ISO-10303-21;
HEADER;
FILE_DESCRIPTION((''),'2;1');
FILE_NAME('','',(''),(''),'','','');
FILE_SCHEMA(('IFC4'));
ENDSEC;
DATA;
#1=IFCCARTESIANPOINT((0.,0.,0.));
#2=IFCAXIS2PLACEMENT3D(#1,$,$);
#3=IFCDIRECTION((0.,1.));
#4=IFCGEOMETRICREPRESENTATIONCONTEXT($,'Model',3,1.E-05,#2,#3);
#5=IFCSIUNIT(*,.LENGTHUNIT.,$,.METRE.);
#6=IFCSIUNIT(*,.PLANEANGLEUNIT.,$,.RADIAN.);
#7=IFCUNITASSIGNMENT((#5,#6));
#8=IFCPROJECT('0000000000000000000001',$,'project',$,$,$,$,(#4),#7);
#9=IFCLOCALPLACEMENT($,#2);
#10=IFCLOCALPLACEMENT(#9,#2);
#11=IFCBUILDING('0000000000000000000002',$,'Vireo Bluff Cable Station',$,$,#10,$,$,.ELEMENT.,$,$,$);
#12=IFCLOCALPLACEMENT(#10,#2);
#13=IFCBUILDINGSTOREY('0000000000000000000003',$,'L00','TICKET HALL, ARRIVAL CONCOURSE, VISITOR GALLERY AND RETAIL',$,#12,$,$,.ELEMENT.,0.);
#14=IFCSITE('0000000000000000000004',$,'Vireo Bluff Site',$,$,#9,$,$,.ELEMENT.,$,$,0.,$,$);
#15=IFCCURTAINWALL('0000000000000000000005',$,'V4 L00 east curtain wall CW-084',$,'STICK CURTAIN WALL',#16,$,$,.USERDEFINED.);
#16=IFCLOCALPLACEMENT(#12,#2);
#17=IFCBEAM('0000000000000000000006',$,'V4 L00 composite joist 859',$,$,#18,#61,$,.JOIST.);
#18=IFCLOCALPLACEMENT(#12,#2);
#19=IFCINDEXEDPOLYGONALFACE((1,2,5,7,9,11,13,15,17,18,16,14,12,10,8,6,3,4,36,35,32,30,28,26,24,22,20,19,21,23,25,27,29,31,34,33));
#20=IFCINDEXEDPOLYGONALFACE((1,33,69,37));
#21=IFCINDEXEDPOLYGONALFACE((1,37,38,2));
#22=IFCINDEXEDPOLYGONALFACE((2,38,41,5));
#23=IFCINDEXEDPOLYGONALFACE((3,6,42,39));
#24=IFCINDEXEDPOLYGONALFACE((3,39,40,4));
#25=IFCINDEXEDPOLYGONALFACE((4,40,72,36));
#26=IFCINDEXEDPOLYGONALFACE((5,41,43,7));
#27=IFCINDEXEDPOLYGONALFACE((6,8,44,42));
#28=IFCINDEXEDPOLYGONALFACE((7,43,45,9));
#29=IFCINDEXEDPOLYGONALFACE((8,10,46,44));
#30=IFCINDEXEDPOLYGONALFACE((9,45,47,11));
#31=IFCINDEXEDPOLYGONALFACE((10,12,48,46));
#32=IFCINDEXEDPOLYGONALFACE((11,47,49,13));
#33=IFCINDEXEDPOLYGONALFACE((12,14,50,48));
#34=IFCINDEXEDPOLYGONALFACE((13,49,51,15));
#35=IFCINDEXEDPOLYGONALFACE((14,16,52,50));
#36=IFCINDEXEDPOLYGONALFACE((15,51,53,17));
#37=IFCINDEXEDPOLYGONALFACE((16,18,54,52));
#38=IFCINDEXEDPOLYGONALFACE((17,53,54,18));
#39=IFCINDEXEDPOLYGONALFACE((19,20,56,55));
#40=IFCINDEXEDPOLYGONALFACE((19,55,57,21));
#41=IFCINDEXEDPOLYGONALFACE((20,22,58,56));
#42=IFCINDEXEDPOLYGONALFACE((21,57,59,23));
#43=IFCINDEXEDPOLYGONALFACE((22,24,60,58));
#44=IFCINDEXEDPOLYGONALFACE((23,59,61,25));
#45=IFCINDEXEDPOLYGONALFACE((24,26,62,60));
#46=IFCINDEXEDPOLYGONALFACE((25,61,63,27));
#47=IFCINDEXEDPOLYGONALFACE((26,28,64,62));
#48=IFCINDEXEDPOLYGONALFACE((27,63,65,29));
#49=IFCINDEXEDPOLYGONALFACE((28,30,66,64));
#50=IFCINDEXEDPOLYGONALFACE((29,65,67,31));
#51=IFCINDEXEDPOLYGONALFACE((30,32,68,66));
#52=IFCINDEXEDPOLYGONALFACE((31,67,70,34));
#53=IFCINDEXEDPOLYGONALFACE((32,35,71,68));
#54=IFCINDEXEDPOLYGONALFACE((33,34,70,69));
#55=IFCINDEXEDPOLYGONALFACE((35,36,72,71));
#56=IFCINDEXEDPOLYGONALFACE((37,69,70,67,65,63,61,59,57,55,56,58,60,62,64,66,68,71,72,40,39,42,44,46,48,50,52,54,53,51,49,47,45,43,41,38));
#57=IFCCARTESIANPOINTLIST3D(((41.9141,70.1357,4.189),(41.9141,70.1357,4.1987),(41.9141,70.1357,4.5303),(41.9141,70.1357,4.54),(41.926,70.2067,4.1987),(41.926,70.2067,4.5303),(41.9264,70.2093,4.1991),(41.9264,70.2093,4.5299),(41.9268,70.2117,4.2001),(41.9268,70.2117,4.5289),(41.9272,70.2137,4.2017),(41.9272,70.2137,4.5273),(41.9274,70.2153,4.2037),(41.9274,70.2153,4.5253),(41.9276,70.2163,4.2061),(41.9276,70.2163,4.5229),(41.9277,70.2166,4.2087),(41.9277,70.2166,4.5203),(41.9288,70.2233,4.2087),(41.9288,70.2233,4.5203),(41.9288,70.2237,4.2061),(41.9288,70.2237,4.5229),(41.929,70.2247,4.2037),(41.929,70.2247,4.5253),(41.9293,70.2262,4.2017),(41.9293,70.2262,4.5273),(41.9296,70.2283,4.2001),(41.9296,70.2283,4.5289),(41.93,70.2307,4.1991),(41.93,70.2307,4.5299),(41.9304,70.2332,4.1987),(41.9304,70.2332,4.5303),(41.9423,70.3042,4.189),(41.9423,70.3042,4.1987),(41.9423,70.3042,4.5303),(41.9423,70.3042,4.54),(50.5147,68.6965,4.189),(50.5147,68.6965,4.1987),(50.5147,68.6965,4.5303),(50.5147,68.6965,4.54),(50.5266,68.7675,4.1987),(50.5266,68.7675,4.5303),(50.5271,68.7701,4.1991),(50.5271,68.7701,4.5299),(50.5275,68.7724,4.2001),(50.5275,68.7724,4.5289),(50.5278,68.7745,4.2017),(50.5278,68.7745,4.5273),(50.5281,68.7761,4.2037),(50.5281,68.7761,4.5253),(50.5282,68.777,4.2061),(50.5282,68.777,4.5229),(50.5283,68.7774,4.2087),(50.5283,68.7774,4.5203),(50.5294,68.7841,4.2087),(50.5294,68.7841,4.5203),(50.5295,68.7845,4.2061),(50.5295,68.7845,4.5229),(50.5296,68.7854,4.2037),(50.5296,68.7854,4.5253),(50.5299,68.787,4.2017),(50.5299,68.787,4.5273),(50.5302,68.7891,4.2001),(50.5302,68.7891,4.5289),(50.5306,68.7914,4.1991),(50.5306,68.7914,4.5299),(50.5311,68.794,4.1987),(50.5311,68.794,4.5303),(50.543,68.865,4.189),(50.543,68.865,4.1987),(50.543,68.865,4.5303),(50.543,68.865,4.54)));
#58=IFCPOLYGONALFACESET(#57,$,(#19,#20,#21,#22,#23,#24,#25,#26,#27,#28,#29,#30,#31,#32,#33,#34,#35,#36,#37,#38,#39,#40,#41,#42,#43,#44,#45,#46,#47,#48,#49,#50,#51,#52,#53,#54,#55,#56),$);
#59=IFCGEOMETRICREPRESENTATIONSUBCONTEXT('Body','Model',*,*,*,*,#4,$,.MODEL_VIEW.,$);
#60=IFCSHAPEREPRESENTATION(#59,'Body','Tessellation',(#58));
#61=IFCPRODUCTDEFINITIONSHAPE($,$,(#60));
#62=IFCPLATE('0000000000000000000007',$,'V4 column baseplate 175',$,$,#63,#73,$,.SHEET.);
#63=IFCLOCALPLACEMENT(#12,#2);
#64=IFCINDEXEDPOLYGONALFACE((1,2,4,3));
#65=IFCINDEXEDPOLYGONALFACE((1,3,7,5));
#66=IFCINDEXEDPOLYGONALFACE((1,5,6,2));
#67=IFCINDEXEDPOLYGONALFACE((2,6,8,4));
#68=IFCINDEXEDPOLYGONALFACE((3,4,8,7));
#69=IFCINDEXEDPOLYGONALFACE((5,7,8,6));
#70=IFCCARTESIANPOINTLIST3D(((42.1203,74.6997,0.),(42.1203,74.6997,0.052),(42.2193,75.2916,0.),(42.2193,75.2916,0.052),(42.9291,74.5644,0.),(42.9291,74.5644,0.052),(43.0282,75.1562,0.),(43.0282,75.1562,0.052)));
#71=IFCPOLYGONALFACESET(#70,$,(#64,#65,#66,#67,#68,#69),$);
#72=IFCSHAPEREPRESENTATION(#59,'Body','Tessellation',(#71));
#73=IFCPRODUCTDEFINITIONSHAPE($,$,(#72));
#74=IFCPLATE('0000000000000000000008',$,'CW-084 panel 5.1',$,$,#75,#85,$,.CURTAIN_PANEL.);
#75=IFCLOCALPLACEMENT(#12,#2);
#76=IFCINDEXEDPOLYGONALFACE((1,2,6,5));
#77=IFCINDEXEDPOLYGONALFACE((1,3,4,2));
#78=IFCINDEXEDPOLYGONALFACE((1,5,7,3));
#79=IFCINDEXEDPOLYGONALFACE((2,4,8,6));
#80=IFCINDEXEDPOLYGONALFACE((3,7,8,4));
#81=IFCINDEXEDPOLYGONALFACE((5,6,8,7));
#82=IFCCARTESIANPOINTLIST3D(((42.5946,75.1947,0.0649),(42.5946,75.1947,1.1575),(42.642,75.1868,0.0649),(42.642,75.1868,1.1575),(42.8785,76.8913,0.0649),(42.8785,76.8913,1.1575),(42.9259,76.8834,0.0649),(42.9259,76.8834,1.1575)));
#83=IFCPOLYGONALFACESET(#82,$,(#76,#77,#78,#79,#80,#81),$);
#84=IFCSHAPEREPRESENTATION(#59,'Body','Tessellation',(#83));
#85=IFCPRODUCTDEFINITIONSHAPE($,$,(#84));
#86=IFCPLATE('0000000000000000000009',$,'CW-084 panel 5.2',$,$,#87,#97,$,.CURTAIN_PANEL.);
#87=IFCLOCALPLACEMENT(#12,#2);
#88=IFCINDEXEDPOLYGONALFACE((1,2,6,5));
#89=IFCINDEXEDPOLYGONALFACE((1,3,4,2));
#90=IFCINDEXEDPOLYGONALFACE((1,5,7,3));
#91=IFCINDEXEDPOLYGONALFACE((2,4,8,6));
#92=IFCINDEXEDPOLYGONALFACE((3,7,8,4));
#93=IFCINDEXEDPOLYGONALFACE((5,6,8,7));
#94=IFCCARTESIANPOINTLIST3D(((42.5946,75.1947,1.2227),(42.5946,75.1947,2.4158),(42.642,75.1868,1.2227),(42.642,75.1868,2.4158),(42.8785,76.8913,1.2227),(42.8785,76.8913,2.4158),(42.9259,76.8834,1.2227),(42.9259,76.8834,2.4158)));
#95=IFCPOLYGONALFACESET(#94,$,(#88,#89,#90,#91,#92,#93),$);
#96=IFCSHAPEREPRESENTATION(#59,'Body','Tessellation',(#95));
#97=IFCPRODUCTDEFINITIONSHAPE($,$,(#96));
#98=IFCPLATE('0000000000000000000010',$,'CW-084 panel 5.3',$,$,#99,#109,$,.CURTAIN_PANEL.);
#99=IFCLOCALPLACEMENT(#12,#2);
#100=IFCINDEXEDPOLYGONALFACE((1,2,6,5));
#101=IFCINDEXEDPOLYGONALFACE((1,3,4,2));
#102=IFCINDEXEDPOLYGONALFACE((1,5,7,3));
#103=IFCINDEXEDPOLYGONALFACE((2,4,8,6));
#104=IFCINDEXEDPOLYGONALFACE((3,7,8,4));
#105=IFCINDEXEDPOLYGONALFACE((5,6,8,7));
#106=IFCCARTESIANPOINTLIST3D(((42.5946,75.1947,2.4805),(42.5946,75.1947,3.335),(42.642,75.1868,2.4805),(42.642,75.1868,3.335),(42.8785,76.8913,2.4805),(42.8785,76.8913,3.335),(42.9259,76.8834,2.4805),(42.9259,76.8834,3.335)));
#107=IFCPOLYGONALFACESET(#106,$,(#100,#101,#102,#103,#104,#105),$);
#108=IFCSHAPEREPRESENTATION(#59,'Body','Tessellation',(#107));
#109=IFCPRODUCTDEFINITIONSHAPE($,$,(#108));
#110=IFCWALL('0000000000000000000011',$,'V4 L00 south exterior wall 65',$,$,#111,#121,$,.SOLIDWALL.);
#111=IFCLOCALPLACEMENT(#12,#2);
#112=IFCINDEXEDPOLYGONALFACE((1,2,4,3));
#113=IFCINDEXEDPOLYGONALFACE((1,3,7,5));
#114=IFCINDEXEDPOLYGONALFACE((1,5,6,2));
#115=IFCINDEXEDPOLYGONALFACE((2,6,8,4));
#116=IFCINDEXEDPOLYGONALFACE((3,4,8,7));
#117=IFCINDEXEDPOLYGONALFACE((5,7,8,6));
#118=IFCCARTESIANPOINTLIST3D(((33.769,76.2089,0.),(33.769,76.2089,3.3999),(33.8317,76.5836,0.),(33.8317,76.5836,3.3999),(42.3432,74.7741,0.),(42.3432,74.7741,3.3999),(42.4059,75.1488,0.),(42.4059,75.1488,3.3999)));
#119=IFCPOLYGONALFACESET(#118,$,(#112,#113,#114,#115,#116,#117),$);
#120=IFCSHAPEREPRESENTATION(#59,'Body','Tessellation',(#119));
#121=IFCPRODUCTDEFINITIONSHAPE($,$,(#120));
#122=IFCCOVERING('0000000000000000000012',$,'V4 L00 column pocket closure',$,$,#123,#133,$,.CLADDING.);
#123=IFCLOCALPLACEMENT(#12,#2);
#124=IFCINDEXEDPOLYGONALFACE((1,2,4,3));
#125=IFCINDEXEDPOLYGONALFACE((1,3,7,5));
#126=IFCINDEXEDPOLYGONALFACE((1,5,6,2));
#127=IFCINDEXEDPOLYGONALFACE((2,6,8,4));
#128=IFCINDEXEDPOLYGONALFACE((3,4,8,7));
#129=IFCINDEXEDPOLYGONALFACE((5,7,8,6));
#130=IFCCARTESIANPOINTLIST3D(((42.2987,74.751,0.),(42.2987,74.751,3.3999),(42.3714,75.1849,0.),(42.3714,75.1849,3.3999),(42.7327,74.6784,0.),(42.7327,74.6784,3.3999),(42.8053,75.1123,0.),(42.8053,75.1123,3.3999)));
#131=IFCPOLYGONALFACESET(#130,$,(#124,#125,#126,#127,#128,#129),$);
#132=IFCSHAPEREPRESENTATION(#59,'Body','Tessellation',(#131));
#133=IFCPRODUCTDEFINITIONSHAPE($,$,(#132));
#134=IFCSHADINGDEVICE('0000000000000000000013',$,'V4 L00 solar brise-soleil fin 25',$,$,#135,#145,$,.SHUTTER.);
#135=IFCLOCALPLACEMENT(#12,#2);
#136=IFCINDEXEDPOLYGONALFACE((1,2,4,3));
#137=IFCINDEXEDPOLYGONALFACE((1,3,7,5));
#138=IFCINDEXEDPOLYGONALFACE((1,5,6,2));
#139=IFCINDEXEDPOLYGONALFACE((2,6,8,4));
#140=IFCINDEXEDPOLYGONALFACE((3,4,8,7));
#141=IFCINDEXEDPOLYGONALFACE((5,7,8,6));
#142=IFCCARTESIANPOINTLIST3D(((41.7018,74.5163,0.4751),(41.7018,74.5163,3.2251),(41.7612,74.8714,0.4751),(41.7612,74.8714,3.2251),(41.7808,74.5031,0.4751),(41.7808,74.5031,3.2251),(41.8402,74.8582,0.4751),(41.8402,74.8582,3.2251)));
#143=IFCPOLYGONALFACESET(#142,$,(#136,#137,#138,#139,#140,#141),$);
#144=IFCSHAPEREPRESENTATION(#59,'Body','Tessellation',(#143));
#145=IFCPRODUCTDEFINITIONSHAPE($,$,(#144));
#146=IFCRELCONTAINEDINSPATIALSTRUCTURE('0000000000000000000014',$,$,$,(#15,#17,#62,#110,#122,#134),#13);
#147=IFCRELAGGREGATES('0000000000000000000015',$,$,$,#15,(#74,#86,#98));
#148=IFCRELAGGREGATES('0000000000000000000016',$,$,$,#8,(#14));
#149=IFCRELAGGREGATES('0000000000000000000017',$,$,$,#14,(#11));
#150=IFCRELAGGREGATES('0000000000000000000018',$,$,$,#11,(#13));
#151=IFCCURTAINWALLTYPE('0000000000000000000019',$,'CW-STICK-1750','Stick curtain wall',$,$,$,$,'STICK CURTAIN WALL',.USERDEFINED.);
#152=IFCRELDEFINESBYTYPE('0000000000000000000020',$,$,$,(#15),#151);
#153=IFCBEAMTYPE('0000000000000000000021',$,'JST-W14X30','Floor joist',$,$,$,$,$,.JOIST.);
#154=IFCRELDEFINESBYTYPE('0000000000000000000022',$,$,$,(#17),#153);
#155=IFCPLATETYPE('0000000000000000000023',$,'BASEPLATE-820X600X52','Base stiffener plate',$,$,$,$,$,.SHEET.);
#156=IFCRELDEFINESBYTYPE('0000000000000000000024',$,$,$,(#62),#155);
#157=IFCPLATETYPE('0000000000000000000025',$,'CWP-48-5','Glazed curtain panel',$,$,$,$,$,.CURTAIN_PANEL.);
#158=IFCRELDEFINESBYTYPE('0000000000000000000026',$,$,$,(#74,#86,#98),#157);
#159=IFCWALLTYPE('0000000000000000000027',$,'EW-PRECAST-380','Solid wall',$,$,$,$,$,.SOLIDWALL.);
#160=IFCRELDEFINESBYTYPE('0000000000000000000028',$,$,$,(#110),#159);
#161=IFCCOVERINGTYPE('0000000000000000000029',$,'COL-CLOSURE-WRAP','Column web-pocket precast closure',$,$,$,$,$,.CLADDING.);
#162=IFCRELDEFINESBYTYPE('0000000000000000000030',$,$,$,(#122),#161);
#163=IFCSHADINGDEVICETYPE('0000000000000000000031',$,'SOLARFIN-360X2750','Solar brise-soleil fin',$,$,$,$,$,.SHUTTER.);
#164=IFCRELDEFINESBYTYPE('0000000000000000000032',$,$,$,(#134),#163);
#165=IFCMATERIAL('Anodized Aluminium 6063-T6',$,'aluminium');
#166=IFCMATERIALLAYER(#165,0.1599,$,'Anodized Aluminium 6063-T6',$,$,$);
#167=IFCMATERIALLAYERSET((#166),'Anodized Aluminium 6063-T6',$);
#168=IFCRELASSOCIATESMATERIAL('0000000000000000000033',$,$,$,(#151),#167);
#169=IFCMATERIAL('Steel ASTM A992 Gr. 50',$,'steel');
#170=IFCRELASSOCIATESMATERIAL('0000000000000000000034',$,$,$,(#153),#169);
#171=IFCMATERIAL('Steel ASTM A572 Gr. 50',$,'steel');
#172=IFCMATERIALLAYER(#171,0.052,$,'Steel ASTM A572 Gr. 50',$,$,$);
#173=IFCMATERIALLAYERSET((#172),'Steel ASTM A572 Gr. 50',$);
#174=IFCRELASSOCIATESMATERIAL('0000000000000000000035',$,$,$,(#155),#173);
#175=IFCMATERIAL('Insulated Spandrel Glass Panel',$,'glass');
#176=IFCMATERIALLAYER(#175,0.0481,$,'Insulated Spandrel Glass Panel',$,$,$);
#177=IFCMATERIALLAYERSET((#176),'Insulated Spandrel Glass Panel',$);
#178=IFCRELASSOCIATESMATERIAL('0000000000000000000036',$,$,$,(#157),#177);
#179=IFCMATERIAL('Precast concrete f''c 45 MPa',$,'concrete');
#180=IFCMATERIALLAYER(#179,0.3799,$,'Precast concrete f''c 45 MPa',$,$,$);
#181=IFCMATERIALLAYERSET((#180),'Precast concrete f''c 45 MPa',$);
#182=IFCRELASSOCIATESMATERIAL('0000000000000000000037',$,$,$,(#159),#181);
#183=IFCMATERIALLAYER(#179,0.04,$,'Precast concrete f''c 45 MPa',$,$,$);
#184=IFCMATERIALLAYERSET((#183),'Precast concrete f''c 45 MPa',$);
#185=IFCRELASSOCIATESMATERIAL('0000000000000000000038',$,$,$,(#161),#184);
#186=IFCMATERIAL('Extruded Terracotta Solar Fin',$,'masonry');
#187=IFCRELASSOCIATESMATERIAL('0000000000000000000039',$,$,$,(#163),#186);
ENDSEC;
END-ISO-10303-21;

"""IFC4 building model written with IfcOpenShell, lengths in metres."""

from ifc_helpers import new_model, si_unit, direction, frame, frame_2d, origin, origin_2d, place, context, subcontext, project, spatial, rectangle, i_section, extrude, material, layer, layer_set, material_profile, profile_set, type_object, element, aggregate, save


model = new_model("IFC4")

# Units and contexts
model_context = context("Model", 3, precision=1e-05, world=origin(), true_north=direction((0.0, 1.0)))
body_context = subcontext(model_context, "Body", "Model", "MODEL_VIEW")
ifc_project = project(units=[si_unit("LENGTHUNIT", "METRE"), si_unit("PLANEANGLEUNIT", "RADIAN")], contexts=[model_context])

# Site, building, storey
site_placement = place(None, origin())
site = spatial("IfcSite", under=ifc_project, at=site_placement, Name="Vireo Bluff Site", CompositionType="ELEMENT", RefElevation=0.0)
building_placement = place(site_placement, origin())
building = spatial("IfcBuilding", under=site, at=building_placement, Name="Vireo Bluff Cable Station", CompositionType="ELEMENT")
storey_placement = place(building_placement, origin())
storey = spatial("IfcBuildingStorey", under=building, at=storey_placement, Name="L00", Description="TICKET HALL, ARRIVAL CONCOURSE, VISITOR GALLERY AND RETAIL", CompositionType="ELEMENT", Elevation=0.0)

# Shared definitions
ifc_material_1 = material(Name="Steel ASTM A992 Gr. 50", Category="steel")

# Curtain wall
ifc_material_2 = material(Name="Anodized Aluminium 6063-T6", Category="aluminium")
ifc_layer_1 = layer(ifc_material_2, 0.1599, Name="Anodized Aluminium 6063-T6")
ifc_layer_set_1 = layer_set([ifc_layer_1], Name="Anodized Aluminium 6063-T6")
curtain_wall_type = type_object("IfcCurtainWallType", Name="CW-STICK-1750", Description="Stick curtain wall", ElementType="STICK CURTAIN WALL", PredefinedType="USERDEFINED", material=ifc_layer_set_1)
curtain_wall_placement = place(storey_placement, origin())
curtain_wall = element("IfcCurtainWall", 1, at=curtain_wall_placement, inside=storey, type_object=curtain_wall_type, Name="V4 L00 east curtain wall CW-084", ObjectType="STICK CURTAIN WALL", PredefinedType="USERDEFINED")

# Beam
ifc_material_profile_1 = material_profile(ifc_material_1, i_section(OverallWidth=0.1709, OverallDepth=0.3511, WebThickness=0.0068, FlangeThickness=0.0098, FilletRadius=0.01, at=origin_2d()), Name="W14X30")
ifc_profile_set_1 = profile_set([ifc_material_profile_1], Name="Steel ASTM A992 Gr. 50")
beam_type_1 = type_object("IfcBeamType", Name="JST-W14X30", Description="Floor joist", PredefinedType="JOIST", material=ifc_profile_set_1)
beam_1_placement = place(storey_placement, frame((41.9282, 70.22, 4.3645), z_axis=(0.986286, -0.165044, 0.0), x_axis=(0.165044, 0.986286, 0.0)))
element("IfcBeam", 2, at=beam_1_placement, inside=storey, type_object=beam_type_1, Name="V4 L00 composite joist 859", PredefinedType="JOIST", context=body_context, shape_type="SweptSolid", body=[
    extrude(i_section(OverallWidth=0.1709, OverallDepth=0.3511, WebThickness=0.0068, FlangeThickness=0.0098, FilletRadius=0.01, at=origin_2d()), origin(), (0.0, 0.0, 1.0), 8.7202),
])

# Plates
ifc_material_3 = material(Name="Steel ASTM A572 Gr. 50", Category="steel")
ifc_layer_2 = layer(ifc_material_3, 0.052, Name="Steel ASTM A572 Gr. 50")
ifc_layer_set_2 = layer_set([ifc_layer_2], Name="Steel ASTM A572 Gr. 50")
plate_type_1 = type_object("IfcPlateType", Name="BASEPLATE-820X600X52", Description="Base stiffener plate", PredefinedType="SHEET", material=ifc_layer_set_2)
plate_1_placement = place(storey_placement, frame((42.5742, 74.928, 0.0), z_axis=(0.0, 0.0, 1.0), x_axis=(0.986286, -0.165048, 0.0)))
element("IfcPlate", 3, at=plate_1_placement, inside=storey, type_object=plate_type_1, Name="V4 column baseplate 175", PredefinedType="SHEET", context=body_context, shape_type="SweptSolid", body=[
    extrude(rectangle(XDim=0.8201, YDim=0.6001, at=origin_2d()), origin(), (0.0, 0.0, 1.0), 0.052),
])
ifc_material_4 = material(Name="Insulated Spandrel Glass Panel", Category="glass")
ifc_layer_3 = layer(ifc_material_4, 0.0481, Name="Insulated Spandrel Glass Panel")
ifc_layer_set_3 = layer_set([ifc_layer_3], Name="Insulated Spandrel Glass Panel")
plate_type_2 = type_object("IfcPlateType", Name="CWP-48-5", Description="Glazed curtain panel", PredefinedType="CURTAIN_PANEL", material=ifc_layer_set_3)
plate_2_placement = place(storey_placement, frame((42.7603, 76.0391, 0.0649), z_axis=(0.0, 0.0, 1.0), x_axis=(-0.165048, -0.986286, 0.0)))
plate_2 = element("IfcPlate", 4, at=plate_2_placement, type_object=plate_type_2, Name="CW-084 panel 5.1", PredefinedType="CURTAIN_PANEL", context=body_context, shape_type="SweptSolid", body=[
    extrude(rectangle(XDim=1.7202, YDim=0.0481, at=origin_2d()), origin(), (0.0, 0.0, 1.0), 1.0925),
])
plate_3_placement = place(storey_placement, frame((42.7603, 76.0391, 1.2227), z_axis=(0.0, 0.0, 1.0), x_axis=(-0.165048, -0.986286, 0.0)))
plate_3 = element("IfcPlate", 5, at=plate_3_placement, type_object=plate_type_2, Name="CW-084 panel 5.2", PredefinedType="CURTAIN_PANEL", context=body_context, shape_type="SweptSolid", body=[
    extrude(rectangle(XDim=1.7202, YDim=0.0481, at=origin_2d()), origin(), (0.0, 0.0, 1.0), 1.1931),
])
plate_4_placement = place(storey_placement, frame((42.7603, 76.0391, 2.4805), z_axis=(0.0, 0.0, 1.0), x_axis=(-0.165048, -0.986286, 0.0)))
plate_4 = element("IfcPlate", 6, at=plate_4_placement, type_object=plate_type_2, Name="CW-084 panel 5.3", PredefinedType="CURTAIN_PANEL", context=body_context, shape_type="SweptSolid", body=[
    extrude(rectangle(XDim=1.7202, YDim=0.0481, at=origin_2d()), origin(), (0.0, 0.0, 1.0), 0.8545),
])
aggregate(curtain_wall, [plate_2, plate_3, plate_4])

# Wall
ifc_material_5 = material(Name="Precast concrete f'c 45 MPa", Category="concrete")
ifc_layer_4 = layer(ifc_material_5, 0.3799, Name="Precast concrete f'c 45 MPa")
ifc_layer_set_4 = layer_set([ifc_layer_4], Name="Precast concrete f'c 45 MPa")
wall_type = type_object("IfcWallType", Name="EW-PRECAST-380", Description="Solid wall", PredefinedType="SOLIDWALL", material=ifc_layer_set_4)
wall_placement = place(storey_placement, frame((42.3745, 74.9614, 0.0), z_axis=(0.0, 0.0, 1.0), x_axis=(-0.986286, 0.165046, 0.0)))
element("IfcWall", 7, at=wall_placement, inside=storey, type_object=wall_type, Name="V4 L00 south exterior wall 65", PredefinedType="SOLIDWALL", context=body_context, shape_type="SweptSolid", body=[
    extrude(rectangle(XDim=8.6934, YDim=0.3799, at=frame_2d((4.3467, 0.0))), origin(), (0.0, 0.0, 1.0), 3.3999),
])

# Covering
ifc_layer_5 = layer(ifc_material_5, 0.04, Name="Precast concrete f'c 45 MPa")
ifc_layer_set_5 = layer_set([ifc_layer_5], Name="Precast concrete f'c 45 MPa")
covering_type = type_object("IfcCoveringType", Name="COL-CLOSURE-WRAP", Description="Column web-pocket precast closure", PredefinedType="CLADDING", material=ifc_layer_set_5)
covering_placement = place(storey_placement, frame((42.552, 74.9316, 0.0), z_axis=(0.0, 0.0, 1.0), x_axis=(0.986286, -0.165048, 0.0)))
element("IfcCovering", 8, at=covering_placement, inside=storey, type_object=covering_type, Name="V4 L00 column pocket closure", PredefinedType="CLADDING", context=body_context, shape_type="SweptSolid", body=[
    extrude(rectangle(XDim=0.4399, YDim=0.4399, at=origin_2d()), origin(), (0.0, 0.0, 1.0), 3.3999),
])

# Shading device
ifc_material_6 = material(Name="Extruded Terracotta Solar Fin", Category="masonry")
shading_device_type = type_object("IfcShadingDeviceType", Name="SOLARFIN-360X2750", Description="Solar brise-soleil fin", PredefinedType="SHUTTER", material=ifc_material_6)
shading_device_placement = place(storey_placement, frame((41.771, 74.6873, 0.4751), z_axis=(0.0, 0.0, 1.0), x_axis=(-0.986286, 0.165048, 0.0)))
element("IfcShadingDevice", 9, at=shading_device_placement, inside=storey, type_object=shading_device_type, Name="V4 L00 solar brise-soleil fin 25", PredefinedType="SHUTTER", context=body_context, shape_type="SweptSolid", body=[
    extrude(rectangle(XDim=0.0801, YDim=0.3601, at=origin_2d()), origin(), (0.0, 0.0, 1.0), 2.75),
])

save(model, "model.ifc")
